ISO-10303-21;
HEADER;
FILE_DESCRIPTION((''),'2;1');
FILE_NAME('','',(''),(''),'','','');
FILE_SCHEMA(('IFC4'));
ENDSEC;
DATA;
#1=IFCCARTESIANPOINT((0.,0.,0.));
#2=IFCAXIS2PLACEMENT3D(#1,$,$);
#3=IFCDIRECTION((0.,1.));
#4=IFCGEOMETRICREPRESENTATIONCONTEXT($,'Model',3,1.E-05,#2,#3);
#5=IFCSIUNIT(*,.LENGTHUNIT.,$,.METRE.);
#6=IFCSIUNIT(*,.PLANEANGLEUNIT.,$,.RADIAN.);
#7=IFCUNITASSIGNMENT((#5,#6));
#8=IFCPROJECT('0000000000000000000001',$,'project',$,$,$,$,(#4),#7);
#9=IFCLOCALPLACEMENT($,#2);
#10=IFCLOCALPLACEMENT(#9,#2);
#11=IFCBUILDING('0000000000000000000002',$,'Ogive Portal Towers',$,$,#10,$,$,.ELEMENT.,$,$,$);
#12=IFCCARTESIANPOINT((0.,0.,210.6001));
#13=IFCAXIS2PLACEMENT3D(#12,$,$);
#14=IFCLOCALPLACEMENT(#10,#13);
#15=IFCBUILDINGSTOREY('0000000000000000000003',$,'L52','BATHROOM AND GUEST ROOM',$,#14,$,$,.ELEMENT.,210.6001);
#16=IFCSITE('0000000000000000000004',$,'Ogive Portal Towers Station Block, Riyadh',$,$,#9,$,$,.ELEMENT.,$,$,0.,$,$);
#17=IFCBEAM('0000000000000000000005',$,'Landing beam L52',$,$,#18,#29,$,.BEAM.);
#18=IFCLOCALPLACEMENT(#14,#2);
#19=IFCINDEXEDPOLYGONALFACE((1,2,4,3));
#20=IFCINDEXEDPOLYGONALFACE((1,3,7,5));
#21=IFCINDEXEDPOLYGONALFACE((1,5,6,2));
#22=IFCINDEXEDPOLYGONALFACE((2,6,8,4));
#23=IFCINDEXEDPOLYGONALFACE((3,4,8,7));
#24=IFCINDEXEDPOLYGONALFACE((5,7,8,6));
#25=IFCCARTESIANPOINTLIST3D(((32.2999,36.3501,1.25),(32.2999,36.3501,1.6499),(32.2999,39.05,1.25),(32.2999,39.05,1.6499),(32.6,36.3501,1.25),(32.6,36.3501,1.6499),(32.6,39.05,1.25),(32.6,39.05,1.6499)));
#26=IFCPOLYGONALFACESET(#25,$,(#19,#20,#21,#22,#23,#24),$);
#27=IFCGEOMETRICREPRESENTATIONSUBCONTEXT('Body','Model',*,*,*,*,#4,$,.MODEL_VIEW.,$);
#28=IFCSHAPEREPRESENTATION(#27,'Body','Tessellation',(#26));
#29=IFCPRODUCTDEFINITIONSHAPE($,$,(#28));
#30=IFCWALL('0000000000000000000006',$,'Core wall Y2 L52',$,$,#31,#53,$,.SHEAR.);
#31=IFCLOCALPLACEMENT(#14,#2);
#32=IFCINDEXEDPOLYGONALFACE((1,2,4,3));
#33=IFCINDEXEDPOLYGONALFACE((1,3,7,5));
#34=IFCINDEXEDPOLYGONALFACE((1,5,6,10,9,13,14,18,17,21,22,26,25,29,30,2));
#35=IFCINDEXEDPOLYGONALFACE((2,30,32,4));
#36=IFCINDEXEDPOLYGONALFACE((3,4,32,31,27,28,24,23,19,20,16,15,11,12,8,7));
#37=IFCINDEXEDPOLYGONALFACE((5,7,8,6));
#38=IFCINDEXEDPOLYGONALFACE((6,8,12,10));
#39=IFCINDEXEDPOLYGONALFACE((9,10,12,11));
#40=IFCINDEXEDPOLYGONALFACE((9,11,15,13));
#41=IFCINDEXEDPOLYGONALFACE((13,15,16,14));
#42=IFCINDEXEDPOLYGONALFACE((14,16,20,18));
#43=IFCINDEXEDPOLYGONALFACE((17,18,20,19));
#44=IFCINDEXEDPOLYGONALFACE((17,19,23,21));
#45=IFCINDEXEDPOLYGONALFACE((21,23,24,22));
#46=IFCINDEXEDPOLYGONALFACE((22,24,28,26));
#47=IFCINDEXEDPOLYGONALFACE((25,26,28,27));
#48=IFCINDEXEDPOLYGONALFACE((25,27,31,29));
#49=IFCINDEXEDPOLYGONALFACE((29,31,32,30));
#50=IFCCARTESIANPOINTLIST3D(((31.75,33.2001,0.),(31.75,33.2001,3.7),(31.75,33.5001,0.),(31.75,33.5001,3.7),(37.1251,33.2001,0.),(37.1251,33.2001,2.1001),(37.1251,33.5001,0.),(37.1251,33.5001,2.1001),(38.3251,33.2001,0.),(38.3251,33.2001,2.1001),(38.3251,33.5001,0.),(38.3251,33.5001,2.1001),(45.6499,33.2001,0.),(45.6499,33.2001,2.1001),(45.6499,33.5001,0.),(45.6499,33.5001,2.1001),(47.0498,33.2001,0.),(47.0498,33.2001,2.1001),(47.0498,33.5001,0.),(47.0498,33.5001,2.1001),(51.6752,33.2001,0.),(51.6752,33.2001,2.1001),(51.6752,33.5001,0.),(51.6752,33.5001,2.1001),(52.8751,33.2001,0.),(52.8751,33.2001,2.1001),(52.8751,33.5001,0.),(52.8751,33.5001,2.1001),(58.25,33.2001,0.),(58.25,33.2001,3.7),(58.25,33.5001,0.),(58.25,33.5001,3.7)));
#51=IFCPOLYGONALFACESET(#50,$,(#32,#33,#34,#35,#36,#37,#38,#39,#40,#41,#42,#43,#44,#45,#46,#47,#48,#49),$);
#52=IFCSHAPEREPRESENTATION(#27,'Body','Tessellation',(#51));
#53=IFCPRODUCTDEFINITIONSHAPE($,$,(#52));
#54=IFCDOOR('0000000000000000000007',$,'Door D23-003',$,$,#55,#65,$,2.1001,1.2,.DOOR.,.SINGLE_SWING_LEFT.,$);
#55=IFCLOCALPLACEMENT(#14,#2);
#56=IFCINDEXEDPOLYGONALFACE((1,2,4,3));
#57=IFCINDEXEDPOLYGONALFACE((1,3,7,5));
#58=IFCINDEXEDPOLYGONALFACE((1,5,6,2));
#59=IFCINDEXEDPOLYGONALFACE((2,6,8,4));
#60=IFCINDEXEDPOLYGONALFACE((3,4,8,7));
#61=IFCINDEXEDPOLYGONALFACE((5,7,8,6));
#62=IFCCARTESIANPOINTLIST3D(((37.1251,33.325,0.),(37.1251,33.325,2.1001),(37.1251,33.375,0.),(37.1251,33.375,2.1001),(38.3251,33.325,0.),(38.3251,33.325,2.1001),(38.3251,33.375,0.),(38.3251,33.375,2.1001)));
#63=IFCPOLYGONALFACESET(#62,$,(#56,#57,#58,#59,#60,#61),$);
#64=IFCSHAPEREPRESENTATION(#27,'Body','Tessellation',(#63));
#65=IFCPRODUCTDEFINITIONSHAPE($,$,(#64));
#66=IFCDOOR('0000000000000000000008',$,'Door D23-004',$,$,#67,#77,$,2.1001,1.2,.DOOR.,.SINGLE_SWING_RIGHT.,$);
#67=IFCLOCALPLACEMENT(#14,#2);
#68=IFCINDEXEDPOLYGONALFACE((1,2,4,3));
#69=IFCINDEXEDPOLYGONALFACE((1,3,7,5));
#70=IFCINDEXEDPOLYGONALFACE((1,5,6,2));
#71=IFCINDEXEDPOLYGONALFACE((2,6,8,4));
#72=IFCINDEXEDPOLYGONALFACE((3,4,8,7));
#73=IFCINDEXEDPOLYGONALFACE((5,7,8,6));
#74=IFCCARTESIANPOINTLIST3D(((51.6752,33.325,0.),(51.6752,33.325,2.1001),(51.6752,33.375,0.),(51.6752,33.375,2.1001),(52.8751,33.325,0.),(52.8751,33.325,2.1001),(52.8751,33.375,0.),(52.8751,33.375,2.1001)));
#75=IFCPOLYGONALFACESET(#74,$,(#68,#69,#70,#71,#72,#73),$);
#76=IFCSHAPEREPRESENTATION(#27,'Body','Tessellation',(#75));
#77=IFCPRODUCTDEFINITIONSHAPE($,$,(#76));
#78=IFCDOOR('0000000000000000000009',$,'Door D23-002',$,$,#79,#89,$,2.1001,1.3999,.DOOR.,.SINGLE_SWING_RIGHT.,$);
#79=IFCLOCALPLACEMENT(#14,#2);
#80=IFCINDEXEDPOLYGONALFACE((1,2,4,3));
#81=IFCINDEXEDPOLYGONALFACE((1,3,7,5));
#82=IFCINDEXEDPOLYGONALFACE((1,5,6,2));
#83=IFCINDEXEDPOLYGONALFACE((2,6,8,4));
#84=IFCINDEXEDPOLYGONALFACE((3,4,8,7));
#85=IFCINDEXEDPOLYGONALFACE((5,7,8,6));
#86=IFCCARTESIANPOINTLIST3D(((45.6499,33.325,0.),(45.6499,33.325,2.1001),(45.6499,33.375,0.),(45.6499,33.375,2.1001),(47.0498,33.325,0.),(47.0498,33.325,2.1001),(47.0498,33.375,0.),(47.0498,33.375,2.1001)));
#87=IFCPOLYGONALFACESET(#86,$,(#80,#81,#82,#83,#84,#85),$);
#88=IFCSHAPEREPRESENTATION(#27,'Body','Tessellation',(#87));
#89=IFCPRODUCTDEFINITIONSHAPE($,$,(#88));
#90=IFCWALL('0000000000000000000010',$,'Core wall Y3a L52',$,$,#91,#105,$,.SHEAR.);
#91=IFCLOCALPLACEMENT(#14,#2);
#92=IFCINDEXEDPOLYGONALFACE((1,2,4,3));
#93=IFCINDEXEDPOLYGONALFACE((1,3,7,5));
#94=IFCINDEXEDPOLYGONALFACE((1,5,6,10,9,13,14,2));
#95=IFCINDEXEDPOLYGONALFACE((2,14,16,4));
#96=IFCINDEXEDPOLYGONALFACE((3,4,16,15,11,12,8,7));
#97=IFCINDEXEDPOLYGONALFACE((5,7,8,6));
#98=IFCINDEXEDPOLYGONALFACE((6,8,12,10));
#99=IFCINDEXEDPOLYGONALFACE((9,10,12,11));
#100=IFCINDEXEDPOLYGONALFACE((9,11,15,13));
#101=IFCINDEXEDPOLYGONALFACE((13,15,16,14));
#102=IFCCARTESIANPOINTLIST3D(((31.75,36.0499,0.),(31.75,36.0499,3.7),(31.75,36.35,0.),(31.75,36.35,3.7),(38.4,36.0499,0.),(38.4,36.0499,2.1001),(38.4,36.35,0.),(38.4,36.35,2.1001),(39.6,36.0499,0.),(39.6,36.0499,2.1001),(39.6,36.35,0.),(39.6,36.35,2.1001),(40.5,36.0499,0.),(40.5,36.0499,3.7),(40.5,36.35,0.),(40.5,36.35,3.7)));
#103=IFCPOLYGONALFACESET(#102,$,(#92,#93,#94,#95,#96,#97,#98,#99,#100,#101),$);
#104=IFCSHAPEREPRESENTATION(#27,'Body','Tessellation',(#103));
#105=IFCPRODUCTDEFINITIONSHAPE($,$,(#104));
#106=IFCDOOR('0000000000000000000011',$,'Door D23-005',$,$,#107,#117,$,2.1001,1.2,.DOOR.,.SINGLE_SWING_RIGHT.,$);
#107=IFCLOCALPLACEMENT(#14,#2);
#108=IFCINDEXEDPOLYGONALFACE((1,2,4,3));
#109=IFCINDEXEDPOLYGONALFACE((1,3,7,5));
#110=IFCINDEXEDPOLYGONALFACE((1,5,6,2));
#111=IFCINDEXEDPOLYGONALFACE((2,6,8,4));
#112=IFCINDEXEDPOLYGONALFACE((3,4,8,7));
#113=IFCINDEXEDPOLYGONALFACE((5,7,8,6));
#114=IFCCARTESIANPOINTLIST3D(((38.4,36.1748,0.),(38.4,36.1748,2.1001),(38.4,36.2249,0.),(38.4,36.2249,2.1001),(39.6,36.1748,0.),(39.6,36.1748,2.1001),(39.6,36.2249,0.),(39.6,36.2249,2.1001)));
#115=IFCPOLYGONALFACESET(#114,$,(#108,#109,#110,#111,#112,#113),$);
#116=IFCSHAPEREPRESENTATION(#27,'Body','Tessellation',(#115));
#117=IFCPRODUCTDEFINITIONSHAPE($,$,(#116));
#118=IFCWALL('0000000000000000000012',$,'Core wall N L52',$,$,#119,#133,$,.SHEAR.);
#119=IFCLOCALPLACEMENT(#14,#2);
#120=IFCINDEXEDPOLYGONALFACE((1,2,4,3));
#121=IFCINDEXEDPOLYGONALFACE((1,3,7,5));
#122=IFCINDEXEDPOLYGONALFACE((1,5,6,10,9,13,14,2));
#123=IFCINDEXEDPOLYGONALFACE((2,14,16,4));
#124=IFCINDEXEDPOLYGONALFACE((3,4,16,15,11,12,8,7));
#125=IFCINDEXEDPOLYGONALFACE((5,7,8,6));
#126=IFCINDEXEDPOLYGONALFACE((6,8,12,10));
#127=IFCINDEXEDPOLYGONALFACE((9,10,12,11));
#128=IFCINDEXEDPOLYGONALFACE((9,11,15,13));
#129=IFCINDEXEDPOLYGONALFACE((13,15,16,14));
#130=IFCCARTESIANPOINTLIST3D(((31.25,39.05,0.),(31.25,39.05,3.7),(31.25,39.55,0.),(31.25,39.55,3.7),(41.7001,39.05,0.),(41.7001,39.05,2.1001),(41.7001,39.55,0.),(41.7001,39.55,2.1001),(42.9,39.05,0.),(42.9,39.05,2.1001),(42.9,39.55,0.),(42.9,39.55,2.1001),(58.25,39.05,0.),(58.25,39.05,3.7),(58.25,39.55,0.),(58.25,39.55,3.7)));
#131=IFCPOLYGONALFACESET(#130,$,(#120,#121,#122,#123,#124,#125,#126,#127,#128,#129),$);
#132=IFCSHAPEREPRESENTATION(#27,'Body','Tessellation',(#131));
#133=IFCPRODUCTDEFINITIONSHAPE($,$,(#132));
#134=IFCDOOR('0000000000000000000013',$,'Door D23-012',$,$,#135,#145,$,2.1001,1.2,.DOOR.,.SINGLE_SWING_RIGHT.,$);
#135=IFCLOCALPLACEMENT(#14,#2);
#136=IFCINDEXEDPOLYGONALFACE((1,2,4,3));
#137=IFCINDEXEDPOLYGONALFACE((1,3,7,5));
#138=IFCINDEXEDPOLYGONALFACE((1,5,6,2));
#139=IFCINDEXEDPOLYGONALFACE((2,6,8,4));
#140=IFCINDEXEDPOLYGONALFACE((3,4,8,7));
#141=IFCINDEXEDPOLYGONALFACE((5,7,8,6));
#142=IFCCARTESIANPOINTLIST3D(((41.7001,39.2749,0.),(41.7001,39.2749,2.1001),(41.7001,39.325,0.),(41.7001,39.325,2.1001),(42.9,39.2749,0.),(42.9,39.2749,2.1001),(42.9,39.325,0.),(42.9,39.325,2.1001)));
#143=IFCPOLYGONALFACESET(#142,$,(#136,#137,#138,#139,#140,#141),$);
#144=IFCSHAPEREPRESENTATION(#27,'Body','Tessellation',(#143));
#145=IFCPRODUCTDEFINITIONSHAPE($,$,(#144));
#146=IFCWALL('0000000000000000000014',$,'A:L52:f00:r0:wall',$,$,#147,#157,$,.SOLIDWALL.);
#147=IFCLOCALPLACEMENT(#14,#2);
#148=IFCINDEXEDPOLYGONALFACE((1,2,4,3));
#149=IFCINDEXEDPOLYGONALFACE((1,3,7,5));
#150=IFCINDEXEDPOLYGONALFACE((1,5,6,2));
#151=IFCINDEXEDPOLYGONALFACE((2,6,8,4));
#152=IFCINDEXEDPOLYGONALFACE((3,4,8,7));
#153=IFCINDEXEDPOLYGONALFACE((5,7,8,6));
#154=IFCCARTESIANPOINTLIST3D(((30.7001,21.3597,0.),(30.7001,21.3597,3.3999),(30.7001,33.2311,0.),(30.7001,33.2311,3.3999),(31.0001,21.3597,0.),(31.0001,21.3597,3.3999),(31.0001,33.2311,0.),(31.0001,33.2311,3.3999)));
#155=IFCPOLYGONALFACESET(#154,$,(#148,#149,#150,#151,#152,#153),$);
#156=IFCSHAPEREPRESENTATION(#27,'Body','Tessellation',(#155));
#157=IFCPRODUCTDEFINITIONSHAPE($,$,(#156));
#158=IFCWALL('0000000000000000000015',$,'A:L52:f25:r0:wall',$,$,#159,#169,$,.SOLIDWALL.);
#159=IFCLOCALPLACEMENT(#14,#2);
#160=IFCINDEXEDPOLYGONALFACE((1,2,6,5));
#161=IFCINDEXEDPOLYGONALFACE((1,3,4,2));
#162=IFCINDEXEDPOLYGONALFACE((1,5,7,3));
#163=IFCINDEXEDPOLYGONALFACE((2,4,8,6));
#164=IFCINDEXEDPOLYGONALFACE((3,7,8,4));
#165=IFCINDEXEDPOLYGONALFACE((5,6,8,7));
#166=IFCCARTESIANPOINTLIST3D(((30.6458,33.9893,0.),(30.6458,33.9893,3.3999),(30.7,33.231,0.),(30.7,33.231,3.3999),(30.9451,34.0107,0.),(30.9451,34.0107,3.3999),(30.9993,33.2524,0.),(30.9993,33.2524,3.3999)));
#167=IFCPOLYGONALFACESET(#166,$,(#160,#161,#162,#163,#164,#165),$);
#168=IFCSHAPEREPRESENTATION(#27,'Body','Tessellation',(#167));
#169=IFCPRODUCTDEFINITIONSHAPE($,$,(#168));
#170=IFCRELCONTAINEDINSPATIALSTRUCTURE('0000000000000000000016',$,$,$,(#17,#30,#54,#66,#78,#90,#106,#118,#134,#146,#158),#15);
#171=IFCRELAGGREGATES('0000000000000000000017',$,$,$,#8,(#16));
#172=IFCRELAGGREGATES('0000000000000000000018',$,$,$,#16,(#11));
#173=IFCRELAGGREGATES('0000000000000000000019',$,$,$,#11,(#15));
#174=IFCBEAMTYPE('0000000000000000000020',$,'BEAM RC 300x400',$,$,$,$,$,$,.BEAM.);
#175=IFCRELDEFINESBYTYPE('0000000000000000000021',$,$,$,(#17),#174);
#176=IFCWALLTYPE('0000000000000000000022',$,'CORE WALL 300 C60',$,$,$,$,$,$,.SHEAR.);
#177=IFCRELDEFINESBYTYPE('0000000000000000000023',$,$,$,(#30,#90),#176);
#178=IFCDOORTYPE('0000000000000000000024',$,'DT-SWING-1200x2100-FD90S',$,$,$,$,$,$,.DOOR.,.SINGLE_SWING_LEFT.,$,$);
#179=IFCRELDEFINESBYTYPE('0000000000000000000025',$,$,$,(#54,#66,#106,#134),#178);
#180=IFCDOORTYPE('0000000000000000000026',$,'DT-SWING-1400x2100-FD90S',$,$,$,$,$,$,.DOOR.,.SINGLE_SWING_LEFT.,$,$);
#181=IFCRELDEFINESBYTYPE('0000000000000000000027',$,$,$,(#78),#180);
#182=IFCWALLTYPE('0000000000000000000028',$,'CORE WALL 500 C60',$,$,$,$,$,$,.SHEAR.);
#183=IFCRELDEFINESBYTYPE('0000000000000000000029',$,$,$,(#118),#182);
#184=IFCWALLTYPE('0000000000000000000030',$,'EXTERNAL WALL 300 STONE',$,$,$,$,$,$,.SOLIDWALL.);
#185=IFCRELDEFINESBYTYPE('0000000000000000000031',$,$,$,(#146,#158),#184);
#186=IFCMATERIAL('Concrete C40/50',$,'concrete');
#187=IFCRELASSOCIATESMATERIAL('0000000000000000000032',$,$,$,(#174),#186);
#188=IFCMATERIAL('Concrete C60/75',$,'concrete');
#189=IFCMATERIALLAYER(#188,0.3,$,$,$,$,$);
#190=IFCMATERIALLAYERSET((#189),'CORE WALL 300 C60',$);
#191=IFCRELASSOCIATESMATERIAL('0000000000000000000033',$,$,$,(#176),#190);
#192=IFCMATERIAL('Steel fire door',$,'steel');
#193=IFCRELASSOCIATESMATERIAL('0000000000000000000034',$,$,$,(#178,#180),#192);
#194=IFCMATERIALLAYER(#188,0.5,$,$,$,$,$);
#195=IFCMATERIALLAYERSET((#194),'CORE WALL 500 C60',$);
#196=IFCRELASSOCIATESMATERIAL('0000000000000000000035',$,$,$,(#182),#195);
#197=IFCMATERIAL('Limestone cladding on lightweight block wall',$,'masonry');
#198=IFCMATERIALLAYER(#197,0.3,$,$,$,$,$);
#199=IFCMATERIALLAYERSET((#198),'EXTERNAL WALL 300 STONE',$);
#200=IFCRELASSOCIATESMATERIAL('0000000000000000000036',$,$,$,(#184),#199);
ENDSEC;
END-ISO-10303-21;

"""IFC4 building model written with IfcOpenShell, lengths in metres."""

from ifc_helpers import new_model, si_unit, direction, frame, frame_2d, origin, origin_2d, place, context, subcontext, project, spatial, rectangle, extrude, material, layer, layer_set, material_profile, profile_set, type_object, element, fill, save


model = new_model("IFC4")

# Units and contexts
model_context = context("Model", 3, precision=1e-05, world=origin(), true_north=direction((0.0, 1.0)))
body_context = subcontext(model_context, "Body", "Model", "MODEL_VIEW")
ifc_project = project(units=[si_unit("LENGTHUNIT", "METRE"), si_unit("PLANEANGLEUNIT", "RADIAN")], contexts=[model_context])

# Site, building, storey
site_placement = place(None, origin())
site = spatial("IfcSite", under=ifc_project, at=site_placement, Name="Ogive Portal Towers Station Block, Riyadh", CompositionType="ELEMENT", RefElevation=0.0)
building_placement = place(site_placement, origin())
building = spatial("IfcBuilding", under=site, at=building_placement, Name="Ogive Portal Towers", CompositionType="ELEMENT")
storey_placement = place(building_placement, frame((0.0, 0.0, 210.6001)))
storey = spatial("IfcBuildingStorey", under=building, at=storey_placement, Name="L52", Description="BATHROOM AND GUEST ROOM", CompositionType="ELEMENT", Elevation=210.6001)

# Beam
ifc_material_1 = material(Name="Concrete C40/50", Category="concrete")
ifc_material_profile = material_profile(ifc_material_1, rectangle(XDim=0.3, YDim=0.3999, at=origin_2d()), Name="RC 300x400")
ifc_profile_set = profile_set([ifc_material_profile], Name="Concrete C40/50")
beam_type = type_object("IfcBeamType", Name="BEAM RC 300x400", PredefinedType="BEAM", material=ifc_profile_set)
beam_placement = place(storey_placement, frame((32.45, 36.3501, 1.45), z_axis=(0.0, 1.0, 0.0), x_axis=(-1.0, 0.0, 0.0)))
element("IfcBeam", 1, at=beam_placement, inside=storey, type_object=beam_type, Name="Landing beam L52", PredefinedType="BEAM", context=body_context, shape_type="SweptSolid", body=[
    extrude(rectangle(XDim=0.3, YDim=0.3999, at=origin_2d()), origin(), (0.0, 0.0, 1.0), 2.7),
])

# Wall, openings, doors
ifc_material_2 = material(Name="Concrete C60/75", Category="concrete")
ifc_layer_1 = layer(ifc_material_2, 0.3)
ifc_layer_set_1 = layer_set([ifc_layer_1], Name="CORE WALL 300 C60")
wall_type_1 = type_object("IfcWallType", Name="CORE WALL 300 C60", PredefinedType="SHEAR", material=ifc_layer_set_1)
wall_1_placement = place(storey_placement, frame((31.75, 33.3501, 0.0), z_axis=(0.0, 0.0, 1.0), x_axis=(1.0, 0.0, 0.0)))
wall_1 = element("IfcWall", 2, at=wall_1_placement, inside=storey, type_object=wall_type_1, Name="Core wall Y2 L52", PredefinedType="SHEAR", context=body_context, shape_type="SweptSolid", body=[
    extrude(rectangle(XDim=26.5, YDim=0.3, at=frame_2d((13.25, 0.0))), origin(), (0.0, 0.0, 1.0), 3.7),
])
opening_1_placement = place(wall_1_placement, frame((13.8999, 0.0, 0.0)))
opening_1 = element("IfcOpeningElement", 3, at=opening_1_placement, cuts=wall_1, PredefinedType="OPENING", context=body_context, shape_type="SweptSolid", body=[
    extrude(rectangle(XDim=1.3999, YDim=2.1001, at=frame_2d((0.7, 1.05))), frame((0.0, 0.1602, 0.0), z_axis=(0.0, -1.0, 0.0), x_axis=(1.0, 0.0, 0.0)), (0.0, 0.0, 1.0), 0.3201),
])
opening_2_placement = place(wall_1_placement, frame((5.375, 0.0, 0.0)))
opening_2 = element("IfcOpeningElement", 4, at=opening_2_placement, cuts=wall_1, PredefinedType="OPENING", context=body_context, shape_type="SweptSolid", body=[
    extrude(rectangle(XDim=1.2, YDim=2.1001, at=frame_2d((0.6001, 1.05))), frame((0.0, 0.1602, 0.0), z_axis=(0.0, -1.0, 0.0), x_axis=(1.0, 0.0, 0.0)), (0.0, 0.0, 1.0), 0.3201),
])
opening_3_placement = place(wall_1_placement, frame((19.925, 0.0, 0.0)))
opening_3 = element("IfcOpeningElement", 5, at=opening_3_placement, cuts=wall_1, PredefinedType="OPENING", context=body_context, shape_type="SweptSolid", body=[
    extrude(rectangle(XDim=1.2, YDim=2.1001, at=frame_2d((0.6001, 1.05))), frame((0.0, 0.1602, 0.0), z_axis=(0.0, -1.0, 0.0), x_axis=(1.0, 0.0, 0.0)), (0.0, 0.0, 1.0), 0.3201),
])
ifc_material_3 = material(Name="Steel fire door", Category="steel")
door_type_1 = type_object("IfcDoorType", Name="DT-SWING-1200x2100-FD90S", OperationType="SINGLE_SWING_LEFT", PredefinedType="DOOR", material=ifc_material_3)
door_1_placement = place(opening_2_placement, origin())
door_1 = element("IfcDoor", 6, at=door_1_placement, inside=storey, type_object=door_type_1, Name="Door D23-003", OperationType="SINGLE_SWING_LEFT", OverallHeight=2.1001, OverallWidth=1.2, PredefinedType="DOOR", context=body_context, shape_type="SweptSolid", body=[
    extrude(rectangle(XDim=1.2, YDim=2.1001, at=frame_2d((0.6001, 1.05))), frame((0.0, 0.0249, 0.0), z_axis=(0.0, -1.0, 0.0), x_axis=(1.0, 0.0, 0.0)), (0.0, 0.0, 1.0), 0.05),
])
fill(opening_2, door_1)
door_2_placement = place(opening_3_placement, origin())
door_2 = element("IfcDoor", 7, at=door_2_placement, inside=storey, type_object=door_type_1, Name="Door D23-004", OperationType="SINGLE_SWING_RIGHT", OverallHeight=2.1001, OverallWidth=1.2, PredefinedType="DOOR", context=body_context, shape_type="SweptSolid", body=[
    extrude(rectangle(XDim=1.2, YDim=2.1001, at=frame_2d((0.6001, 1.05))), frame((0.0, 0.0249, 0.0), z_axis=(0.0, -1.0, 0.0), x_axis=(1.0, 0.0, 0.0)), (0.0, 0.0, 1.0), 0.05),
])
fill(opening_3, door_2)
door_type_2 = type_object("IfcDoorType", Name="DT-SWING-1400x2100-FD90S", OperationType="SINGLE_SWING_LEFT", PredefinedType="DOOR", material=ifc_material_3)
door_3_placement = place(opening_1_placement, origin())
door_3 = element("IfcDoor", 8, at=door_3_placement, inside=storey, type_object=door_type_2, Name="Door D23-002", OperationType="SINGLE_SWING_RIGHT", OverallHeight=2.1001, OverallWidth=1.3999, PredefinedType="DOOR", context=body_context, shape_type="SweptSolid", body=[
    extrude(rectangle(XDim=1.3999, YDim=2.1001, at=frame_2d((0.7, 1.05))), frame((0.0, 0.0249, 0.0), z_axis=(0.0, -1.0, 0.0), x_axis=(1.0, 0.0, 0.0)), (0.0, 0.0, 1.0), 0.05),
])
fill(opening_1, door_3)

# Walls, openings, doors
wall_2_placement = place(storey_placement, frame((31.75, 36.2, 0.0), z_axis=(0.0, 0.0, 1.0), x_axis=(1.0, 0.0, 0.0)))
wall_2 = element("IfcWall", 9, at=wall_2_placement, inside=storey, type_object=wall_type_1, Name="Core wall Y3a L52", PredefinedType="SHEAR", context=body_context, shape_type="SweptSolid", body=[
    extrude(rectangle(XDim=8.75, YDim=0.3, at=frame_2d((4.375, 0.0))), origin(), (0.0, 0.0, 1.0), 3.7),
])
opening_4_placement = place(wall_2_placement, frame((6.6499, 0.0, 0.0)))
opening_4 = element("IfcOpeningElement", 10, at=opening_4_placement, cuts=wall_2, PredefinedType="OPENING", context=body_context, shape_type="SweptSolid", body=[
    extrude(rectangle(XDim=1.2, YDim=2.1001, at=frame_2d((0.6001, 1.05))), frame((0.0, 0.1602, 0.0), z_axis=(0.0, -1.0, 0.0), x_axis=(1.0, 0.0, 0.0)), (0.0, 0.0, 1.0), 0.3201),
])
door_4_placement = place(opening_4_placement, origin())
door_4 = element("IfcDoor", 11, at=door_4_placement, inside=storey, type_object=door_type_1, Name="Door D23-005", OperationType="SINGLE_SWING_RIGHT", OverallHeight=2.1001, OverallWidth=1.2, PredefinedType="DOOR", context=body_context, shape_type="SweptSolid", body=[
    extrude(rectangle(XDim=1.2, YDim=2.1001, at=frame_2d((0.6001, 1.05))), frame((0.0, 0.0249, 0.0), z_axis=(0.0, -1.0, 0.0), x_axis=(1.0, 0.0, 0.0)), (0.0, 0.0, 1.0), 0.05),
])
fill(opening_4, door_4)
ifc_layer_2 = layer(ifc_material_2, 0.5)
ifc_layer_set_2 = layer_set([ifc_layer_2], Name="CORE WALL 500 C60")
wall_type_2 = type_object("IfcWallType", Name="CORE WALL 500 C60", PredefinedType="SHEAR", material=ifc_layer_set_2)
wall_3_placement = place(storey_placement, frame((31.25, 39.3, 0.0), z_axis=(0.0, 0.0, 1.0), x_axis=(1.0, 0.0, 0.0)))
wall_3 = element("IfcWall", 12, at=wall_3_placement, inside=storey, type_object=wall_type_2, Name="Core wall N L52", PredefinedType="SHEAR", context=body_context, shape_type="SweptSolid", body=[
    extrude(rectangle(XDim=27.0, YDim=0.5, at=frame_2d((13.5, 0.0))), origin(), (0.0, 0.0, 1.0), 3.7),
])
opening_5_placement = place(wall_3_placement, frame((10.45, 0.0, 0.0)))
opening_5 = element("IfcOpeningElement", 13, at=opening_5_placement, cuts=wall_3, PredefinedType="OPENING", context=body_context, shape_type="SweptSolid", body=[
    extrude(rectangle(XDim=1.2, YDim=2.1001, at=frame_2d((0.6001, 1.05))), frame((0.0, 0.26, 0.0), z_axis=(0.0, -1.0, 0.0), x_axis=(1.0, 0.0, 0.0)), (0.0, 0.0, 1.0), 0.52),
])
door_5_placement = place(opening_5_placement, origin())
door_5 = element("IfcDoor", 14, at=door_5_placement, inside=storey, type_object=door_type_1, Name="Door D23-012", OperationType="SINGLE_SWING_RIGHT", OverallHeight=2.1001, OverallWidth=1.2, PredefinedType="DOOR", context=body_context, shape_type="SweptSolid", body=[
    extrude(rectangle(XDim=1.2, YDim=2.1001, at=frame_2d((0.6001, 1.05))), frame((0.0, 0.0249, 0.0), z_axis=(0.0, -1.0, 0.0), x_axis=(1.0, 0.0, 0.0)), (0.0, 0.0, 1.0), 0.05),
])
fill(opening_5, door_5)

# Walls
ifc_material_4 = material(Name="Limestone cladding on lightweight block wall", Category="masonry")
ifc_layer_3 = layer(ifc_material_4, 0.3)
ifc_layer_set_3 = layer_set([ifc_layer_3], Name="EXTERNAL WALL 300 STONE")
wall_type_3 = type_object("IfcWallType", Name="EXTERNAL WALL 300 STONE", PredefinedType="SOLIDWALL", material=ifc_layer_set_3)
wall_4_placement = place(storey_placement, frame((30.8501, 33.231, 0.0), z_axis=(0.0, 0.0, 1.0), x_axis=(0.0, -1.0, 0.0)))
element("IfcWall", 15, at=wall_4_placement, inside=storey, type_object=wall_type_3, Name="A:L52:f00:r0:wall", PredefinedType="SOLIDWALL", context=body_context, shape_type="SweptSolid", body=[
    extrude(rectangle(XDim=11.8713, YDim=0.3, at=frame_2d((5.9355, 0.0))), origin(), (0.0, 0.0, 1.0), 3.3999),
])
wall_5_placement = place(storey_placement, frame((30.7954, 34.0, 0.0), z_axis=(0.0, 0.0, 1.0), x_axis=(0.071293, -0.997455, 0.0)))
element("IfcWall", 16, at=wall_5_placement, inside=storey, type_object=wall_type_3, Name="A:L52:f25:r0:wall", PredefinedType="SOLIDWALL", context=body_context, shape_type="SweptSolid", body=[
    extrude(rectangle(XDim=0.7603, YDim=0.3, at=frame_2d((0.3801, 0.0))), origin(), (0.0, 0.0, 1.0), 3.3999),
])

save(model, "model.ifc")
